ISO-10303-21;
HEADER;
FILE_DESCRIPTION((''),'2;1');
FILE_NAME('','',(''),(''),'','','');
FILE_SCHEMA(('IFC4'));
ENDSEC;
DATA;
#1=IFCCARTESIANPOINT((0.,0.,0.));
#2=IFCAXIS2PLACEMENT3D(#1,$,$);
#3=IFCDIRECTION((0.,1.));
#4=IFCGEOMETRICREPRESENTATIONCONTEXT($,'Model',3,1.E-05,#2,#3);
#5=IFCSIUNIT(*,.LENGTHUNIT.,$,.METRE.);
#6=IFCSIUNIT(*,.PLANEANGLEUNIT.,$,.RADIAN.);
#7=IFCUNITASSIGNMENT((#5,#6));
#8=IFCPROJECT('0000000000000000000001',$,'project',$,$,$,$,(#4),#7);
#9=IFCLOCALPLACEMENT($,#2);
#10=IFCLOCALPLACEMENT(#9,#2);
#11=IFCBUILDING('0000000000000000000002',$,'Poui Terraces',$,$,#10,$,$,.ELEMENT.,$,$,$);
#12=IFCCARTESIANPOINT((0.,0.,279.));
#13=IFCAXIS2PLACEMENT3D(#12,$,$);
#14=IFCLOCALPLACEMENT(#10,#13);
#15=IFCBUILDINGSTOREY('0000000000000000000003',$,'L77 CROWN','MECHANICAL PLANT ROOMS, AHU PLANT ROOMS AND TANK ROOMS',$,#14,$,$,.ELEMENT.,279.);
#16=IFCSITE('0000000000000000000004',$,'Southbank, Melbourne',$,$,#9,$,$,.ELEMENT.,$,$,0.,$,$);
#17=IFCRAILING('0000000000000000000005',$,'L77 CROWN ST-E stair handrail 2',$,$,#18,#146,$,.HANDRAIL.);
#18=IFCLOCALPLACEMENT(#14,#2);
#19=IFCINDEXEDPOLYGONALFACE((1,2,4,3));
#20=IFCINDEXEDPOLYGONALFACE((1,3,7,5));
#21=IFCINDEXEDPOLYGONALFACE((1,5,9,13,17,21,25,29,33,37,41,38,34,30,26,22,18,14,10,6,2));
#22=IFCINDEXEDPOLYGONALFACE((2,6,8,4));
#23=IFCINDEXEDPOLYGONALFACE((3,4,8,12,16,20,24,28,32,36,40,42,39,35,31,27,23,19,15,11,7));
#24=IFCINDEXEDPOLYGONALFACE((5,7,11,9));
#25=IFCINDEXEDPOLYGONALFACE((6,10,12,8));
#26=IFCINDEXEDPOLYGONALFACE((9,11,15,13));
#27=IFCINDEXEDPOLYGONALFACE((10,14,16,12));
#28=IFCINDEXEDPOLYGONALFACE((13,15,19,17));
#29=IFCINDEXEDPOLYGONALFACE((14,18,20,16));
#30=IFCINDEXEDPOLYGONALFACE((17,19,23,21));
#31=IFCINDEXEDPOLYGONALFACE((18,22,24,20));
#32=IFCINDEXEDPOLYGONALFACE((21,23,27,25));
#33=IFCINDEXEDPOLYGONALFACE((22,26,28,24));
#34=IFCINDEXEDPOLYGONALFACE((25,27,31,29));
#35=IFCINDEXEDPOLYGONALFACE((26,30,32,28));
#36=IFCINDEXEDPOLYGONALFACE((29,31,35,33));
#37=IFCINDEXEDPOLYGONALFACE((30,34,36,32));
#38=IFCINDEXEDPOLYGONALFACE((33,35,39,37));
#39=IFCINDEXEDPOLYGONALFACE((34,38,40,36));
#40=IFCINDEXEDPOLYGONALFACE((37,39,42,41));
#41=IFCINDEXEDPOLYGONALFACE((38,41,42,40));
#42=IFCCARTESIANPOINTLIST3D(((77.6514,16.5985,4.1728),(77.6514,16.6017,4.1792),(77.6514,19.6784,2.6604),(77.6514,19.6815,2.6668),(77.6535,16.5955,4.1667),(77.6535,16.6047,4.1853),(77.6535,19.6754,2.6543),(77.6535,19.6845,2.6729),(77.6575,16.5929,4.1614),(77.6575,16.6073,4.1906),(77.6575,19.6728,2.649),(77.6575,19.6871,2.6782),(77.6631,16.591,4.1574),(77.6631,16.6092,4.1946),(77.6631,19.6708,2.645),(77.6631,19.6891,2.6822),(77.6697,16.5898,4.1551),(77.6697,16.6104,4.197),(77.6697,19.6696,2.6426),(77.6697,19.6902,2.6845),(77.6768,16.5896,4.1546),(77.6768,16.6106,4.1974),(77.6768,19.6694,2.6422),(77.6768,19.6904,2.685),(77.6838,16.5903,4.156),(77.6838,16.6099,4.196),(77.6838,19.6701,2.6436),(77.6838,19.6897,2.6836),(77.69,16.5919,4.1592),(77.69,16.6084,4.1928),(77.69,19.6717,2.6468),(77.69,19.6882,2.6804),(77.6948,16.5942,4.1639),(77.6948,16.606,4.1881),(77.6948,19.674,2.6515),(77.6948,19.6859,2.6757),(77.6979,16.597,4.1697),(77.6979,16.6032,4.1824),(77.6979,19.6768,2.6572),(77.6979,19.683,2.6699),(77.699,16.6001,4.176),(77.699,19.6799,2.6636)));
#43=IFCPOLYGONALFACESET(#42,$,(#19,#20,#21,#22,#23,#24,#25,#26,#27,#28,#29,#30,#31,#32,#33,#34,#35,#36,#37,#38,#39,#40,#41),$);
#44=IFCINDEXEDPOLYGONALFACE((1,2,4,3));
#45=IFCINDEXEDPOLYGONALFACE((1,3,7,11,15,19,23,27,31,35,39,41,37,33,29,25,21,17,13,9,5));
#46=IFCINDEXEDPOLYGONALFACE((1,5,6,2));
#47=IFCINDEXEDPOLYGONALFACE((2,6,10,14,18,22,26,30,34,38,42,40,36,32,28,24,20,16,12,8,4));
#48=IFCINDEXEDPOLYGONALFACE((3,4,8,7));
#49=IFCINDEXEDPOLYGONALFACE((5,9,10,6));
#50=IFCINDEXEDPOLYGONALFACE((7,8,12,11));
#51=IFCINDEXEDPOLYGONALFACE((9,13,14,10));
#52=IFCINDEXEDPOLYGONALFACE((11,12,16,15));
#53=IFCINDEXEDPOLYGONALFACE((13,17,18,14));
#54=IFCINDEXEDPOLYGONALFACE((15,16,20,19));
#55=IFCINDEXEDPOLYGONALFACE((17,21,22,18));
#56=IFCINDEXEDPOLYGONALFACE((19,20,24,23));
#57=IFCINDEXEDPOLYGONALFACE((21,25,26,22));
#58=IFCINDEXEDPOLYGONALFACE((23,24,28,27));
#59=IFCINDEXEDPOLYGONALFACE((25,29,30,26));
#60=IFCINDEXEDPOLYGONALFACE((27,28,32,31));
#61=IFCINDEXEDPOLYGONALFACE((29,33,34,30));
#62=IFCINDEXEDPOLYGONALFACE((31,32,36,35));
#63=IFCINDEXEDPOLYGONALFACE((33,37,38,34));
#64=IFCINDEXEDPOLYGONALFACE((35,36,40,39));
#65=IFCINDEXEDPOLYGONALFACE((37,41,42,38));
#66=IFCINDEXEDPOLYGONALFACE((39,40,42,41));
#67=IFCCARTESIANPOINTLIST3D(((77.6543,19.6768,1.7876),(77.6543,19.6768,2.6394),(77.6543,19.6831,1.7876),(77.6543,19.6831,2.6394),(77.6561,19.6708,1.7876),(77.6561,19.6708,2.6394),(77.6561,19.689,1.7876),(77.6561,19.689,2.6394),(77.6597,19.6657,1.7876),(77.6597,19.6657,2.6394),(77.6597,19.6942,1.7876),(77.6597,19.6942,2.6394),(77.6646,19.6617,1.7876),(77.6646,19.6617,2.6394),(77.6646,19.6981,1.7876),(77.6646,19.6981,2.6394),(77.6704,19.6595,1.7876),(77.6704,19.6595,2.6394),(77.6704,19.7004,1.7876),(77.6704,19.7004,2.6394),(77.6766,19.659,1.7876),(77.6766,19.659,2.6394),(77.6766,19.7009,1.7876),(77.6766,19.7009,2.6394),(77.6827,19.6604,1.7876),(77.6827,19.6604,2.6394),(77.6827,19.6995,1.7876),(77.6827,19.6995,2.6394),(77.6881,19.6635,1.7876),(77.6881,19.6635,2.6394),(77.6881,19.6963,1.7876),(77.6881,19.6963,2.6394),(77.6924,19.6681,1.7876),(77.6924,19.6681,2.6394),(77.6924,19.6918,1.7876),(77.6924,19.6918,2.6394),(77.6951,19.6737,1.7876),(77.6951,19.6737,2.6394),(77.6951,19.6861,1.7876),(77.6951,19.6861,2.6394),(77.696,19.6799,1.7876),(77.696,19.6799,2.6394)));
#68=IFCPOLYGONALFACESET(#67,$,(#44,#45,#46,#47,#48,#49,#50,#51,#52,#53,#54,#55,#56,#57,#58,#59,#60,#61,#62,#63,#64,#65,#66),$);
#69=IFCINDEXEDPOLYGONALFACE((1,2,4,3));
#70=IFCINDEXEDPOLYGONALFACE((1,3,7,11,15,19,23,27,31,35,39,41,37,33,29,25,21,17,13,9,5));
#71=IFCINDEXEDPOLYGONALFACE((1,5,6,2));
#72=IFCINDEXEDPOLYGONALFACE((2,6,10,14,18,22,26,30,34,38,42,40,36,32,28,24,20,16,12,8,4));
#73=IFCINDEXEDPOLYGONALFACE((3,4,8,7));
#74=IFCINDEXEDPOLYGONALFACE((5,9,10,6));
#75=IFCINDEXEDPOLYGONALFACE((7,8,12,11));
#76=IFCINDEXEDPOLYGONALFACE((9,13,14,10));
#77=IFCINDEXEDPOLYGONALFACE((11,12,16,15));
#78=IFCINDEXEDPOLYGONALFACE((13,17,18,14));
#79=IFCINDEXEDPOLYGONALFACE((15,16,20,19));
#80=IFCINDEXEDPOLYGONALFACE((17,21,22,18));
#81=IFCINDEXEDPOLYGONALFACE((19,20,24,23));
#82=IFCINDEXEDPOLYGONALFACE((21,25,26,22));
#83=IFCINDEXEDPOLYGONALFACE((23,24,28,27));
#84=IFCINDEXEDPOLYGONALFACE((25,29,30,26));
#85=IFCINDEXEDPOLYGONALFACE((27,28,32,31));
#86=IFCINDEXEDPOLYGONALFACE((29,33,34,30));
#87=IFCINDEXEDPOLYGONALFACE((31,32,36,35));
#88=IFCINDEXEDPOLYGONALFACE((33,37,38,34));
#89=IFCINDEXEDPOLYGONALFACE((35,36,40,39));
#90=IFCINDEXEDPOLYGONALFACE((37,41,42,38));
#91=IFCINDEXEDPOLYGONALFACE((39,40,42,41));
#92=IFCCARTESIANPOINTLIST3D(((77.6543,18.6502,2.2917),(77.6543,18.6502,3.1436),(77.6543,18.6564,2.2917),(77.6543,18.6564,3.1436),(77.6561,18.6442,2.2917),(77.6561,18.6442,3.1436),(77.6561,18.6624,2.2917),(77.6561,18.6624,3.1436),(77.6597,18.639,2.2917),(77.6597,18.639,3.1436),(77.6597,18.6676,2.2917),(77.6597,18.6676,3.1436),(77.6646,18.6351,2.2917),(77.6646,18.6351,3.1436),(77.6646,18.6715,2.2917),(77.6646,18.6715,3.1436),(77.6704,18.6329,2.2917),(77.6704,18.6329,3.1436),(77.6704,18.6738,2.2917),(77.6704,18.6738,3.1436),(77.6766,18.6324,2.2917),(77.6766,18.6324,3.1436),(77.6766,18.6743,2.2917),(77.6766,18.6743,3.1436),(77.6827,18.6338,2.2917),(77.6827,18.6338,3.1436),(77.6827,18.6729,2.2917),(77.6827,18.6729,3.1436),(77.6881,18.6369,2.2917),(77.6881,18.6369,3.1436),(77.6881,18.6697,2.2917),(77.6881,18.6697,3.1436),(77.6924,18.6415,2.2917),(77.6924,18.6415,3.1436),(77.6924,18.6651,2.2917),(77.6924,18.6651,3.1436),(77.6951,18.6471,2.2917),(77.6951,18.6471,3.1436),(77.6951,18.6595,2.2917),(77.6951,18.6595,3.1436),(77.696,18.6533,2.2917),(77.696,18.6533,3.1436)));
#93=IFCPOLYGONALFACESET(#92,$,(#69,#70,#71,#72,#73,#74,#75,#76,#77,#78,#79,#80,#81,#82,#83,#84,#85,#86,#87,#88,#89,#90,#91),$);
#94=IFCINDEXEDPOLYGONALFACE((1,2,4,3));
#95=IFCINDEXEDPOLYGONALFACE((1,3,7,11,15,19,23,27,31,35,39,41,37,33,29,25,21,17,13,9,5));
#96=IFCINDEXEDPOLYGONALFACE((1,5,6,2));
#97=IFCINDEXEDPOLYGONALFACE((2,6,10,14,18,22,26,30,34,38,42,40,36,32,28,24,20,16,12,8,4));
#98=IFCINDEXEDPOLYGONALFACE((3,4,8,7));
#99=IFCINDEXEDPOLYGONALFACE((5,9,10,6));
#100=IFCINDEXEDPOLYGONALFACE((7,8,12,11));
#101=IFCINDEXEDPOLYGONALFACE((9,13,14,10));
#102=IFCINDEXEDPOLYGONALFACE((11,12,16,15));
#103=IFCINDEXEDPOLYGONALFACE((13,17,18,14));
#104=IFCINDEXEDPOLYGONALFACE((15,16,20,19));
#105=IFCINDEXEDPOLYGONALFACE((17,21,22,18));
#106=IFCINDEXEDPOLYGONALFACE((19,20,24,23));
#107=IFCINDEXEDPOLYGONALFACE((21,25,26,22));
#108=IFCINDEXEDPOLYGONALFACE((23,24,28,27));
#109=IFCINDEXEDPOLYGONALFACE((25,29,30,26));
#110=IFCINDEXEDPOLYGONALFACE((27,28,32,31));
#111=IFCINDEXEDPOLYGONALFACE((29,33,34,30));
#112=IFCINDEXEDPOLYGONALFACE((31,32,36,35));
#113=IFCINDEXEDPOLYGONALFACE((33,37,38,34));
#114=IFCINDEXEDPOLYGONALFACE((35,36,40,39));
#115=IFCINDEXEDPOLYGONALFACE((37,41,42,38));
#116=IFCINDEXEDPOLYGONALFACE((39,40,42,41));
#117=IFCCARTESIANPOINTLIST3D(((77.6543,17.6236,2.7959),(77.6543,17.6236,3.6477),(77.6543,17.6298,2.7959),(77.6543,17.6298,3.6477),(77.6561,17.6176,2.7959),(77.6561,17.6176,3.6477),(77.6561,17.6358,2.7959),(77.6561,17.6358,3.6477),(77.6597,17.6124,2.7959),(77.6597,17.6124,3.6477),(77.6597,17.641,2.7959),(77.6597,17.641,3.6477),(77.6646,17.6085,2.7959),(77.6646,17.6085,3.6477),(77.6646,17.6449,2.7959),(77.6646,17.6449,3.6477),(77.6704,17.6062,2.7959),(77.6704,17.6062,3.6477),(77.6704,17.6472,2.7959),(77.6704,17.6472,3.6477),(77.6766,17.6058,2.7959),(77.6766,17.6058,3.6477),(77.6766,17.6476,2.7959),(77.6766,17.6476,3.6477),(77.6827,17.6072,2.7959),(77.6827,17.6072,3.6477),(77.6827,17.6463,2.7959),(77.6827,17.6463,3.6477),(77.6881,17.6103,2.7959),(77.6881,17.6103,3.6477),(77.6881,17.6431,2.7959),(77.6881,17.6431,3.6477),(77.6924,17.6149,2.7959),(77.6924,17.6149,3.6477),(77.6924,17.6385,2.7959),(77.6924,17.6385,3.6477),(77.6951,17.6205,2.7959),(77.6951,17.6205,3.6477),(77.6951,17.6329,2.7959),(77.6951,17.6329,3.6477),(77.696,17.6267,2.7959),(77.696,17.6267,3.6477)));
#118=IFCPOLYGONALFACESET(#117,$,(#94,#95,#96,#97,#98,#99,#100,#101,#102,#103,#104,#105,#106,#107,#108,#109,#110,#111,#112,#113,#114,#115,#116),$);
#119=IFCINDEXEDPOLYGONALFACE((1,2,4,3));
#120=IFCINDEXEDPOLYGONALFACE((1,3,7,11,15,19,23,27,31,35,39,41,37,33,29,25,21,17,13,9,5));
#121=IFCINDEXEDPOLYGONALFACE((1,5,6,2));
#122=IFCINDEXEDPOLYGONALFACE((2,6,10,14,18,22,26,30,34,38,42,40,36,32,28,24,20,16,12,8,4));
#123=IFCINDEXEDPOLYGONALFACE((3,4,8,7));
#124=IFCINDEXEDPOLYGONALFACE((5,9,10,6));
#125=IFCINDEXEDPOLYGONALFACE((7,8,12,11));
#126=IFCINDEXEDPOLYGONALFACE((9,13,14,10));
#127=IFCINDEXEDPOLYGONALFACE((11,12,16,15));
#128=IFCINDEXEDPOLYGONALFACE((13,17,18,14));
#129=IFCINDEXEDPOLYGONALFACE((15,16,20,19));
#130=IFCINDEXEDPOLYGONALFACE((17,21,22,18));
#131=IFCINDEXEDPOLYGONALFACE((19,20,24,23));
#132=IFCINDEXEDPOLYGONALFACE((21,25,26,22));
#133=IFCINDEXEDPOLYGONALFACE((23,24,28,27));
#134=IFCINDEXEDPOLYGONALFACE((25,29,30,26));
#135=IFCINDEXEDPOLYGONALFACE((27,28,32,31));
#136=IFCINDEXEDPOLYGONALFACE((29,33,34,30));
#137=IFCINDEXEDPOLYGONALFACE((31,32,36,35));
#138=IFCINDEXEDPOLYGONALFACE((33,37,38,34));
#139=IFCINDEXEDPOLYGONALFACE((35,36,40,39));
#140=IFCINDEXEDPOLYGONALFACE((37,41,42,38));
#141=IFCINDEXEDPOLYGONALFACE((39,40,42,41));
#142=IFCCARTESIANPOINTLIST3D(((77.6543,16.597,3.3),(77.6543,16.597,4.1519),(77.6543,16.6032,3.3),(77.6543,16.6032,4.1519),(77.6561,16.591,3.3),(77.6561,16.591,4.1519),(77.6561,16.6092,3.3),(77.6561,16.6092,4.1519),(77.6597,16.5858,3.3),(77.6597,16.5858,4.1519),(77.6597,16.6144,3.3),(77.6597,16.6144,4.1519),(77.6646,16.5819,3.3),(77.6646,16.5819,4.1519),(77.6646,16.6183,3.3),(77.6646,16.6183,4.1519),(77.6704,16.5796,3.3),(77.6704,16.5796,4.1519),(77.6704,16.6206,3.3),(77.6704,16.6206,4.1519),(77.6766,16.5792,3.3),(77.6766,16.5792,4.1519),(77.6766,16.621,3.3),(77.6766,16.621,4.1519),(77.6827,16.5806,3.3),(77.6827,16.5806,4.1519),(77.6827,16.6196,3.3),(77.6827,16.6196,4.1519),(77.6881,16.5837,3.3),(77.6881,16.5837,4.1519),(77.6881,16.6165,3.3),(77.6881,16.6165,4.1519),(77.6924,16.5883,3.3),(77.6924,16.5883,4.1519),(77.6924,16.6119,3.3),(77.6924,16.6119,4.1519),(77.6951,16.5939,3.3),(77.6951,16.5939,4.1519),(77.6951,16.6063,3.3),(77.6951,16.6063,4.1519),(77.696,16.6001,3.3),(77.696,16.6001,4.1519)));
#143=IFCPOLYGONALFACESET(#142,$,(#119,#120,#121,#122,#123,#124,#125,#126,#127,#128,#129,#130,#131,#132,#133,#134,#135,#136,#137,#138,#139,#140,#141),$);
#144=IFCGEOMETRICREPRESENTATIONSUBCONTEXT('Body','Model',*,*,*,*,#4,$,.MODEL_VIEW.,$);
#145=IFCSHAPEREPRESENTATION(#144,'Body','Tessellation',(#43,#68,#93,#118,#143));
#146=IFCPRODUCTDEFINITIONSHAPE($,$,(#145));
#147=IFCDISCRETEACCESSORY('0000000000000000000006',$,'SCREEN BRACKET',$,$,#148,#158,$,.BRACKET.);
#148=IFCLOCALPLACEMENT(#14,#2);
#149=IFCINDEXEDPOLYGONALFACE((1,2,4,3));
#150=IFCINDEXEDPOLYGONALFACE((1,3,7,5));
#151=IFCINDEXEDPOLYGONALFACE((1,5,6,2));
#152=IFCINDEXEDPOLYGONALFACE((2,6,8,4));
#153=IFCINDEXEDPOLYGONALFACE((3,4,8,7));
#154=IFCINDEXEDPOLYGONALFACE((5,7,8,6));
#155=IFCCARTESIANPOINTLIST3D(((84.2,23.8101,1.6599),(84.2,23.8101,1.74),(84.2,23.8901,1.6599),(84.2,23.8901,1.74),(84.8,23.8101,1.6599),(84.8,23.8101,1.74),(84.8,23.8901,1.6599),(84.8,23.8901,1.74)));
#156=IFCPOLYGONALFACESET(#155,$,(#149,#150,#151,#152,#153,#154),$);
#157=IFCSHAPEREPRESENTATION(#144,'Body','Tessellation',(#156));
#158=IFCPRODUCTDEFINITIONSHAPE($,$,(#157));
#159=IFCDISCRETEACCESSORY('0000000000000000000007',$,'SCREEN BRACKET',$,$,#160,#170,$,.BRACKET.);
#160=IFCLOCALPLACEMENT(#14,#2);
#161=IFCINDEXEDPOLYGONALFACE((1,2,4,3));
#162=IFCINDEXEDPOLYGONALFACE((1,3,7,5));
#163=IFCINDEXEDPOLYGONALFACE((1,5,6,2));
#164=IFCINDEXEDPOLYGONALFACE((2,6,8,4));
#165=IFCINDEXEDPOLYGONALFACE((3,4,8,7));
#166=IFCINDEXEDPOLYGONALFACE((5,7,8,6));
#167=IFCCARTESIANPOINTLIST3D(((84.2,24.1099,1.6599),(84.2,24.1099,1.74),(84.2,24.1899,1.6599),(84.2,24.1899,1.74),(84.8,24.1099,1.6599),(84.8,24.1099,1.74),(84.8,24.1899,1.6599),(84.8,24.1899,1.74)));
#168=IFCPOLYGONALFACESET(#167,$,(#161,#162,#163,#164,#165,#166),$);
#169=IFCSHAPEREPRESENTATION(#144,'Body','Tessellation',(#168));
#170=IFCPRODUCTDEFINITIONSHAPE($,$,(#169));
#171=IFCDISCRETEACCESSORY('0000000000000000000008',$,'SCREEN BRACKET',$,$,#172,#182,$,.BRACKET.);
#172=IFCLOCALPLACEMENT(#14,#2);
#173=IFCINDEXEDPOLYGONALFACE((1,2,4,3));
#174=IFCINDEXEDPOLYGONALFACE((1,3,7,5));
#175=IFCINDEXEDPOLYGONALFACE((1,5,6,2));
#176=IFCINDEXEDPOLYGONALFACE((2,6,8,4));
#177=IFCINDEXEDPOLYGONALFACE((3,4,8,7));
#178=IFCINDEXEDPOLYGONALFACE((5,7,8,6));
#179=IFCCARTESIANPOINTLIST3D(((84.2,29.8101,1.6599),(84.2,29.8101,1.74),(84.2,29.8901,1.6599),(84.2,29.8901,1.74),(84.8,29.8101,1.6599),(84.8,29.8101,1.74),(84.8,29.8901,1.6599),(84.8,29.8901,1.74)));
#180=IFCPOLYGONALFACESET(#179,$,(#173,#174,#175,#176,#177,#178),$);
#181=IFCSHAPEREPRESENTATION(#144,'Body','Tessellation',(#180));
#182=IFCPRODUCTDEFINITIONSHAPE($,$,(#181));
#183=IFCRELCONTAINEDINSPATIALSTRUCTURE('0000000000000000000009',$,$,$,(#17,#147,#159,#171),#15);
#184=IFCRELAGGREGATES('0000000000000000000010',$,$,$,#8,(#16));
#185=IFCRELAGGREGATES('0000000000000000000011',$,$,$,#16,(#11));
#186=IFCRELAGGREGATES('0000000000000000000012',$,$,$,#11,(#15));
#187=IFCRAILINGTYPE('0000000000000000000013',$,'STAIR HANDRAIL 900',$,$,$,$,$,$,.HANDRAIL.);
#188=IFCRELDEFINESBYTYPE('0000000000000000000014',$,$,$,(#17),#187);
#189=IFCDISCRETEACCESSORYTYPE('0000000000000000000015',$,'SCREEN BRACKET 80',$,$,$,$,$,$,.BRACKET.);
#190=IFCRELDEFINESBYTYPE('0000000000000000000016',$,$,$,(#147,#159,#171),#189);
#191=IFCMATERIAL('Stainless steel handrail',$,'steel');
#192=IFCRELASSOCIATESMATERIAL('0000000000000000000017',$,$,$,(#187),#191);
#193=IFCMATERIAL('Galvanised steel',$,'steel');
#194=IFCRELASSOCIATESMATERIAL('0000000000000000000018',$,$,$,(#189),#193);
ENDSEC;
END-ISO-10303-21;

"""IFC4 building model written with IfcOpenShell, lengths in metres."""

from ifc_helpers import new_model, si_unit, direction, frame, origin, origin_2d, place, context, subcontext, project, spatial, rectangle, circle, extrude, source, transform, mapped, material, material_profile, profile_set, type_object, element, save


model = new_model("IFC4")

# Units and contexts
model_context = context("Model", 3, precision=1e-05, world=origin(), true_north=direction((0.0, 1.0)))
body_context = subcontext(model_context, "Body", "Model", "MODEL_VIEW")
ifc_project = project(units=[si_unit("LENGTHUNIT", "METRE"), si_unit("PLANEANGLEUNIT", "RADIAN")], contexts=[model_context])

# Site, building, storey
site_placement = place(None, origin())
site = spatial("IfcSite", under=ifc_project, at=site_placement, Name="Southbank, Melbourne", CompositionType="ELEMENT", RefElevation=0.0)
building_placement = place(site_placement, origin())
building = spatial("IfcBuilding", under=site, at=building_placement, Name="Poui Terraces", CompositionType="ELEMENT")
storey_placement = place(building_placement, frame((0.0, 0.0, 279.0)))
storey = spatial("IfcBuildingStorey", under=building, at=storey_placement, Name="L77 CROWN", Description="MECHANICAL PLANT ROOMS, AHU PLANT ROOMS AND TANK ROOMS", CompositionType="ELEMENT", Elevation=279.0)

# Railing
ifc_material_1 = material(Name="Stainless steel handrail", Category="steel")
railing_type_1 = type_object("IfcRailingType", Name="STAIR HANDRAIL 900", PredefinedType="HANDRAIL", material=ifc_material_1)
railing_1_placement = place(storey_placement, frame((77.675, 19.6799, 1.7876)))
element("IfcRailing", 1, at=railing_1_placement, inside=storey, type_object=railing_type_1, Name="L77 CROWN ST-E stair handrail 2", PredefinedType="HANDRAIL", context=body_context, shape_type="SweptSolid", body=[
    extrude(circle(Radius=0.0239, at=origin_2d()), frame((0.0, 0.0, 0.876), z_axis=(0.0, -0.897606, 0.440798), x_axis=(1.0, 0.0, 0.0)), (0.0, 0.0, 1.0), 3.4312),
    extrude(circle(Radius=0.021, at=origin_2d()), origin(), (0.0, 0.0, 1.0), 0.8518),
    extrude(circle(Radius=0.021, at=origin_2d()), frame((0.0, -1.0266, 0.5042)), (0.0, 0.0, 1.0), 0.8518),
    extrude(circle(Radius=0.021, at=origin_2d()), frame((0.0, -2.0532, 1.0083)), (0.0, 0.0, 1.0), 0.8518),
    extrude(circle(Radius=0.021, at=origin_2d()), frame((0.0, -3.0798, 1.5125)), (0.0, 0.0, 1.0), 0.8518),
])

# Discrete accessories
ifc_material_2 = material(Name="Galvanised steel", Category="steel")
ifc_material_profile_1 = material_profile(ifc_material_2, rectangle(XDim=0.0801, YDim=0.0801, at=origin_2d()), Name="SCREEN BRACKET 80")
ifc_profile_set_1 = profile_set([ifc_material_profile_1], Name="Galvanised steel")
discrete_accessory_type = type_object("IfcDiscreteAccessoryType", Name="SCREEN BRACKET 80", PredefinedType="BRACKET", material=ifc_profile_set_1)
shared_shape_1 = source(origin(), body_context, "Body", "SweptSolid", [
    extrude(rectangle(XDim=0.0801, YDim=0.0801, at=origin_2d()), origin(), (0.0, 0.0, 1.0), 0.6001),
])
for number, where, z_axis, x_axis, name in (
    (2, (84.2, 23.8501, 1.7), (1.0, 0.0, 0.0), (0.0, 1.0, 0.0), "SCREEN BRACKET"),
    (3, (84.2, 24.1499, 1.7), (1.0, 0.0, 0.0), (0.0, 1.0, 0.0), "SCREEN BRACKET"),
    (4, (84.2, 29.8501, 1.7), (1.0, 0.0, 0.0), (0.0, 1.0, 0.0), "SCREEN BRACKET"),
):
    element("IfcDiscreteAccessory", number, at=place(storey_placement, frame(where, z_axis=z_axis, x_axis=x_axis)), inside=storey, type_object=discrete_accessory_type, Name=name, PredefinedType="BRACKET", context=body_context, shape_type="MappedRepresentation", body=[
        mapped(shared_shape_1, transform((0.0, 0.0, 0.0))),
    ])

save(model, "model.ifc")
